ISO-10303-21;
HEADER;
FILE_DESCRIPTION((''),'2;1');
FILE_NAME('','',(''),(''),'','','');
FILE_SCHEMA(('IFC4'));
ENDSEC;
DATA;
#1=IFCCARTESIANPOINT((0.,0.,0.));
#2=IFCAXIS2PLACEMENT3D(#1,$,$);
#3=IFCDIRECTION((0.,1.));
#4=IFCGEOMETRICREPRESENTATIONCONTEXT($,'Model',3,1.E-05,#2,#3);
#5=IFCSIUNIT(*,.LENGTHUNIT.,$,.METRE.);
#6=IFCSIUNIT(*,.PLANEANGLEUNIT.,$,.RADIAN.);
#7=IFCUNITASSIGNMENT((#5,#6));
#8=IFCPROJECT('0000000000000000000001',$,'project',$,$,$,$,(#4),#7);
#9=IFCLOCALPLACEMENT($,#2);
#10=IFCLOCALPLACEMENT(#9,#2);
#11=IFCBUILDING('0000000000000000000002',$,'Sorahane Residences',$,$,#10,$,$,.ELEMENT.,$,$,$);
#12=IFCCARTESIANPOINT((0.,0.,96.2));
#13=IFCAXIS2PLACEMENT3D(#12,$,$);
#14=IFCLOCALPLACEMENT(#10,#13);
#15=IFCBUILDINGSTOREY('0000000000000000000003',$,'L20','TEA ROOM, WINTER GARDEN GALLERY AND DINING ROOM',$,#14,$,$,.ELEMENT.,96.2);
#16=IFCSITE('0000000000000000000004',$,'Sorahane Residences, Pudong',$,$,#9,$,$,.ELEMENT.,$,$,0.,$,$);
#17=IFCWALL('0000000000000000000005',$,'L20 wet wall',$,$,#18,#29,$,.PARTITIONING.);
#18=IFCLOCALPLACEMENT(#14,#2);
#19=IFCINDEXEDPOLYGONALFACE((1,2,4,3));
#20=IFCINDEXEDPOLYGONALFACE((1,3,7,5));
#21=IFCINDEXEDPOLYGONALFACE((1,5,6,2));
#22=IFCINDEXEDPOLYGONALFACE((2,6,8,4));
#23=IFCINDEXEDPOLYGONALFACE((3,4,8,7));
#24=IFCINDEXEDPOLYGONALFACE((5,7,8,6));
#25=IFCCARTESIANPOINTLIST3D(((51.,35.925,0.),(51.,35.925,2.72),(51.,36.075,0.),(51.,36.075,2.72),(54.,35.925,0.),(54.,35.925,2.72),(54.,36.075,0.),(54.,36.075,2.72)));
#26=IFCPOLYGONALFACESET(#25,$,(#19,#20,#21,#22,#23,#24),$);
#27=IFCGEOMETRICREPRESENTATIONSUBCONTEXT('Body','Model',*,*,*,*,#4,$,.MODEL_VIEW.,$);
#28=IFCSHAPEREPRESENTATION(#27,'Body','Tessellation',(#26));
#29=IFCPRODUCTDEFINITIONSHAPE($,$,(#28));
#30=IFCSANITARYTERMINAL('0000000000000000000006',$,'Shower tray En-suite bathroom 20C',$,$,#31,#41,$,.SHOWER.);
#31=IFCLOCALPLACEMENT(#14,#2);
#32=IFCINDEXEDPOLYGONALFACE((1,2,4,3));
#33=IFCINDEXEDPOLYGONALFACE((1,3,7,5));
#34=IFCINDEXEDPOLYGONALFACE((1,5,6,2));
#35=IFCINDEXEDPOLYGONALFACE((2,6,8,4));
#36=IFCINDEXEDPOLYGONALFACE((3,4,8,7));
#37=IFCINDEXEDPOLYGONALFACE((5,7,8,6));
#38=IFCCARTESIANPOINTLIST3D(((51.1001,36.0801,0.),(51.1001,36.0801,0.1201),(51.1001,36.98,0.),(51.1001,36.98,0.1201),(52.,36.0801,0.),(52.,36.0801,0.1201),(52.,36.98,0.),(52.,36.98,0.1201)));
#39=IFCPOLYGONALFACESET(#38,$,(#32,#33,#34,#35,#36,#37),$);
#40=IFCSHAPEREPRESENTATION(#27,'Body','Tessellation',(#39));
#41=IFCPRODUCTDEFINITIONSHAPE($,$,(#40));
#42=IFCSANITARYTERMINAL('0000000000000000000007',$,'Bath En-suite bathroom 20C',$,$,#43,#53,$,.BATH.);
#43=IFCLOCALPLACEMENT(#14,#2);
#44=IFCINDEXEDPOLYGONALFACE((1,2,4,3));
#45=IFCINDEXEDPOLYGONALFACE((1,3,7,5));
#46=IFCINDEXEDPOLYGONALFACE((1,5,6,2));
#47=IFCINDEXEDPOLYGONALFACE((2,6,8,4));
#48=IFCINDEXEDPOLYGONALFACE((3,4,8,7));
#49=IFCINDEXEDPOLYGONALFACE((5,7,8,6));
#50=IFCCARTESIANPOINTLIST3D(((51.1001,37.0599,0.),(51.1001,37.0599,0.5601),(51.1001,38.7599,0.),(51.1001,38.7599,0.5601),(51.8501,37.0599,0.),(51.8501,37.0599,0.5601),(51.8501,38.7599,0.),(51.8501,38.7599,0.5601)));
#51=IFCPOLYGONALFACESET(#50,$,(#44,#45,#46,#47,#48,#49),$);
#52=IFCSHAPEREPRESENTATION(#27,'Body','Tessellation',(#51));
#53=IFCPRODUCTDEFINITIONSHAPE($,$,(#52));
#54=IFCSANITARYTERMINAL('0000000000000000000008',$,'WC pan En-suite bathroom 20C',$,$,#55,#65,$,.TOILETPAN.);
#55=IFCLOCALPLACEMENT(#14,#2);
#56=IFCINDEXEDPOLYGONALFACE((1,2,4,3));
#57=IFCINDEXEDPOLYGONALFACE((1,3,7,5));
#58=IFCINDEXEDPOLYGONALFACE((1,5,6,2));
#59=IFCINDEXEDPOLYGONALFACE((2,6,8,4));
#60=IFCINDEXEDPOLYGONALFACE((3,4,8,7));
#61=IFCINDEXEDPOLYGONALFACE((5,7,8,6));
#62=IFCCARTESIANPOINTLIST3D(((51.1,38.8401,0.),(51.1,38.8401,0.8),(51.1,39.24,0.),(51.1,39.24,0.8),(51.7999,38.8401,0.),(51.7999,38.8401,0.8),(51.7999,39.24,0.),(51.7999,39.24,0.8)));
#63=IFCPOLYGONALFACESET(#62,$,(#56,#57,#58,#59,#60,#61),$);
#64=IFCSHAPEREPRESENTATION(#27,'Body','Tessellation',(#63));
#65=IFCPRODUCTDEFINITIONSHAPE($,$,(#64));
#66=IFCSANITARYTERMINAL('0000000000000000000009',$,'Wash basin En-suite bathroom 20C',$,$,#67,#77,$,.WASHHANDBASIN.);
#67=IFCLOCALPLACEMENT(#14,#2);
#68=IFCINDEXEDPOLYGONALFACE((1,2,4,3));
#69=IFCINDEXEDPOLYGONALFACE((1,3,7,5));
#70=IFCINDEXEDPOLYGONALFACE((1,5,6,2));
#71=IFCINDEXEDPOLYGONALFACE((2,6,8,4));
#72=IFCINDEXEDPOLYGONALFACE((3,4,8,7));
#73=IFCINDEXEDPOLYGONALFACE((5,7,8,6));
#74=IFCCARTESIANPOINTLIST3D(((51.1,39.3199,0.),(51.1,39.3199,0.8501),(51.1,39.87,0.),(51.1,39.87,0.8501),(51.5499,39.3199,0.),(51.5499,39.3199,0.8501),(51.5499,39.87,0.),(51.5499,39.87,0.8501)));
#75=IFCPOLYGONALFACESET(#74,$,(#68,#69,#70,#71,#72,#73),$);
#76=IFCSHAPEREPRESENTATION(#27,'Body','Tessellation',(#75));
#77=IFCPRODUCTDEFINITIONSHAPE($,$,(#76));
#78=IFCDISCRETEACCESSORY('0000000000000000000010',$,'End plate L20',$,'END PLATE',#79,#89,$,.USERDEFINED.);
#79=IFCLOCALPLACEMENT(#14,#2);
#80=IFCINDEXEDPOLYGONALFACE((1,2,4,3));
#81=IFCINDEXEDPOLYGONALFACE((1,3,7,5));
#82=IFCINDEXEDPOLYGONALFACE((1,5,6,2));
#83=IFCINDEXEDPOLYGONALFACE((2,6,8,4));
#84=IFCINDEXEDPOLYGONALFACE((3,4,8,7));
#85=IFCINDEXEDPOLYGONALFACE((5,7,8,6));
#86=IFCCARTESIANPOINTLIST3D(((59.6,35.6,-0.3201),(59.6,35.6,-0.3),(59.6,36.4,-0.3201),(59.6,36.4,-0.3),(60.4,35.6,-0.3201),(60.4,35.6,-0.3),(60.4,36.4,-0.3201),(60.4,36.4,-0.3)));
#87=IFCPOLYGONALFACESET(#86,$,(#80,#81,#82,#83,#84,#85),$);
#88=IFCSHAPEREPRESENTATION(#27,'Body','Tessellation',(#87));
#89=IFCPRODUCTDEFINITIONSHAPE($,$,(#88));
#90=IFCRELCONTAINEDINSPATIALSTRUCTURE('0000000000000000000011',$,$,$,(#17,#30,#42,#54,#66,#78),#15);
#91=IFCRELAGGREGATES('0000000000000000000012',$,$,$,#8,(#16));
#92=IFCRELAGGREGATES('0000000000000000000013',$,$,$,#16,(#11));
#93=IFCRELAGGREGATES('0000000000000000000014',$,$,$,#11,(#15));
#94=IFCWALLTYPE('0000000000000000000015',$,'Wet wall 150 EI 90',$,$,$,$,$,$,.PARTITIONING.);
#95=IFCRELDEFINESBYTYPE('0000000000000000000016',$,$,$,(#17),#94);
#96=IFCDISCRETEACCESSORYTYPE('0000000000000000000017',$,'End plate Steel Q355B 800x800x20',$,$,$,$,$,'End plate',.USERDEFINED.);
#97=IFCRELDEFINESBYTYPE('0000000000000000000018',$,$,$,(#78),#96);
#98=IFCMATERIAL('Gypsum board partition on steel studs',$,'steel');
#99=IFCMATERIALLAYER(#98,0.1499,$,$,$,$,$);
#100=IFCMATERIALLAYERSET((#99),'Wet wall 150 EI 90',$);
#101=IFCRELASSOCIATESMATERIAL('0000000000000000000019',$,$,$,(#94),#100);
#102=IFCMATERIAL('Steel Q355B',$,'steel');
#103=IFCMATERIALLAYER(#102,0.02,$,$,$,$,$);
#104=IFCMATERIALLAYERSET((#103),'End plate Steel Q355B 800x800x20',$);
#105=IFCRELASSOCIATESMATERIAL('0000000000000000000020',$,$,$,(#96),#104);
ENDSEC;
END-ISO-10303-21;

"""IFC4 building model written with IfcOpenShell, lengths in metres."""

from ifc_helpers import new_model, si_unit, direction, frame, frame_2d, origin, origin_2d, place, context, subcontext, project, spatial, rectangle, extrude, material, layer, layer_set, type_object, element, save


model = new_model("IFC4")

# Units and contexts
model_context = context("Model", 3, precision=1e-05, world=origin(), true_north=direction((0.0, 1.0)))
body_context = subcontext(model_context, "Body", "Model", "MODEL_VIEW")
ifc_project = project(units=[si_unit("LENGTHUNIT", "METRE"), si_unit("PLANEANGLEUNIT", "RADIAN")], contexts=[model_context])

# Site, building, storey
site_placement = place(None, origin())
site = spatial("IfcSite", under=ifc_project, at=site_placement, Name="Sorahane Residences, Pudong", CompositionType="ELEMENT", RefElevation=0.0)
building_placement = place(site_placement, origin())
building = spatial("IfcBuilding", under=site, at=building_placement, Name="Sorahane Residences", CompositionType="ELEMENT")
storey_placement = place(building_placement, frame((0.0, 0.0, 96.2)))
storey = spatial("IfcBuildingStorey", under=building, at=storey_placement, Name="L20", Description="TEA ROOM, WINTER GARDEN GALLERY AND DINING ROOM", CompositionType="ELEMENT", Elevation=96.2)

# Shared definitions
ifc_material_1 = material(Name="Gypsum board partition on steel studs", Category="steel")
ifc_layer_1 = layer(ifc_material_1, 0.1499)
ifc_layer_set_1 = layer_set([ifc_layer_1], Name="Wet wall 150 EI 90")
wall_type_1 = type_object("IfcWallType", Name="Wet wall 150 EI 90", PredefinedType="PARTITIONING", material=ifc_layer_set_1)

# Wall
wall_1_placement = place(storey_placement, frame((51.0, 36.0, 0.0), z_axis=(0.0, 0.0, 1.0), x_axis=(1.0, 0.0, 0.0)))
element("IfcWall", 1, at=wall_1_placement, inside=storey, type_object=wall_type_1, Name="L20 wet wall", PredefinedType="PARTITIONING", context=body_context, shape_type="SweptSolid", body=[
    extrude(rectangle(XDim=3.0, YDim=0.1499, at=frame_2d((1.5, 0.0))), origin(), (0.0, 0.0, 1.0), 2.72),
])

# Sanitary terminals
sanitary_terminal_1_placement = place(storey_placement, frame((51.55, 36.53, 0.0), z_axis=(0.0, 0.0, 1.0), x_axis=(0.0, 1.0, 0.0)))
element("IfcSanitaryTerminal", 2, at=sanitary_terminal_1_placement, inside=storey, Name="Shower tray En-suite bathroom 20C", PredefinedType="SHOWER", context=body_context, shape_type="SweptSolid", body=[
    extrude(rectangle(XDim=0.8999, YDim=0.8999, at=origin_2d()), origin(), (0.0, 0.0, 1.0), 0.1201),
])
sanitary_terminal_2_placement = place(storey_placement, frame((51.4751, 37.9099, 0.0), z_axis=(0.0, 0.0, 1.0), x_axis=(0.0, 1.0, 0.0)))
element("IfcSanitaryTerminal", 3, at=sanitary_terminal_2_placement, inside=storey, Name="Bath En-suite bathroom 20C", PredefinedType="BATH", context=body_context, shape_type="SweptSolid", body=[
    extrude(rectangle(XDim=1.7, YDim=0.75, at=origin_2d()), origin(), (0.0, 0.0, 1.0), 0.5601),
])
sanitary_terminal_3_placement = place(storey_placement, frame((51.45, 39.04, 0.0), z_axis=(0.0, 0.0, 1.0), x_axis=(0.0, 1.0, 0.0)))
element("IfcSanitaryTerminal", 4, at=sanitary_terminal_3_placement, inside=storey, Name="WC pan En-suite bathroom 20C", PredefinedType="TOILETPAN", context=body_context, shape_type="SweptSolid", body=[
    extrude(rectangle(XDim=0.3999, YDim=0.7, at=origin_2d()), origin(), (0.0, 0.0, 1.0), 0.8),
])
sanitary_terminal_4_placement = place(storey_placement, frame((51.325, 39.595, 0.0), z_axis=(0.0, 0.0, 1.0), x_axis=(0.0, 1.0, 0.0)))
element("IfcSanitaryTerminal", 5, at=sanitary_terminal_4_placement, inside=storey, Name="Wash basin En-suite bathroom 20C", PredefinedType="WASHHANDBASIN", context=body_context, shape_type="SweptSolid", body=[
    extrude(rectangle(XDim=0.55, YDim=0.45, at=origin_2d()), origin(), (0.0, 0.0, 1.0), 0.8501),
])

# Discrete accessory
ifc_material_2 = material(Name="Steel Q355B", Category="steel")
ifc_layer_2 = layer(ifc_material_2, 0.02)
ifc_layer_set_2 = layer_set([ifc_layer_2], Name="End plate Steel Q355B 800x800x20")
discrete_accessory_type = type_object("IfcDiscreteAccessoryType", Name="End plate Steel Q355B 800x800x20", ElementType="End plate", PredefinedType="USERDEFINED", material=ifc_layer_set_2)
discrete_accessory_placement = place(storey_placement, frame((60.0, 36.0, -0.3201), z_axis=(0.0, 0.0, 1.0), x_axis=(1.0, 0.0, 0.0)))
element("IfcDiscreteAccessory", 6, at=discrete_accessory_placement, inside=storey, type_object=discrete_accessory_type, Name="End plate L20", ObjectType="END PLATE", PredefinedType="USERDEFINED", context=body_context, shape_type="SweptSolid", body=[
    extrude(rectangle(XDim=0.8, YDim=0.8, at=origin_2d()), origin(), (0.0, 0.0, 1.0), 0.02),
])

save(model, "model.ifc")
